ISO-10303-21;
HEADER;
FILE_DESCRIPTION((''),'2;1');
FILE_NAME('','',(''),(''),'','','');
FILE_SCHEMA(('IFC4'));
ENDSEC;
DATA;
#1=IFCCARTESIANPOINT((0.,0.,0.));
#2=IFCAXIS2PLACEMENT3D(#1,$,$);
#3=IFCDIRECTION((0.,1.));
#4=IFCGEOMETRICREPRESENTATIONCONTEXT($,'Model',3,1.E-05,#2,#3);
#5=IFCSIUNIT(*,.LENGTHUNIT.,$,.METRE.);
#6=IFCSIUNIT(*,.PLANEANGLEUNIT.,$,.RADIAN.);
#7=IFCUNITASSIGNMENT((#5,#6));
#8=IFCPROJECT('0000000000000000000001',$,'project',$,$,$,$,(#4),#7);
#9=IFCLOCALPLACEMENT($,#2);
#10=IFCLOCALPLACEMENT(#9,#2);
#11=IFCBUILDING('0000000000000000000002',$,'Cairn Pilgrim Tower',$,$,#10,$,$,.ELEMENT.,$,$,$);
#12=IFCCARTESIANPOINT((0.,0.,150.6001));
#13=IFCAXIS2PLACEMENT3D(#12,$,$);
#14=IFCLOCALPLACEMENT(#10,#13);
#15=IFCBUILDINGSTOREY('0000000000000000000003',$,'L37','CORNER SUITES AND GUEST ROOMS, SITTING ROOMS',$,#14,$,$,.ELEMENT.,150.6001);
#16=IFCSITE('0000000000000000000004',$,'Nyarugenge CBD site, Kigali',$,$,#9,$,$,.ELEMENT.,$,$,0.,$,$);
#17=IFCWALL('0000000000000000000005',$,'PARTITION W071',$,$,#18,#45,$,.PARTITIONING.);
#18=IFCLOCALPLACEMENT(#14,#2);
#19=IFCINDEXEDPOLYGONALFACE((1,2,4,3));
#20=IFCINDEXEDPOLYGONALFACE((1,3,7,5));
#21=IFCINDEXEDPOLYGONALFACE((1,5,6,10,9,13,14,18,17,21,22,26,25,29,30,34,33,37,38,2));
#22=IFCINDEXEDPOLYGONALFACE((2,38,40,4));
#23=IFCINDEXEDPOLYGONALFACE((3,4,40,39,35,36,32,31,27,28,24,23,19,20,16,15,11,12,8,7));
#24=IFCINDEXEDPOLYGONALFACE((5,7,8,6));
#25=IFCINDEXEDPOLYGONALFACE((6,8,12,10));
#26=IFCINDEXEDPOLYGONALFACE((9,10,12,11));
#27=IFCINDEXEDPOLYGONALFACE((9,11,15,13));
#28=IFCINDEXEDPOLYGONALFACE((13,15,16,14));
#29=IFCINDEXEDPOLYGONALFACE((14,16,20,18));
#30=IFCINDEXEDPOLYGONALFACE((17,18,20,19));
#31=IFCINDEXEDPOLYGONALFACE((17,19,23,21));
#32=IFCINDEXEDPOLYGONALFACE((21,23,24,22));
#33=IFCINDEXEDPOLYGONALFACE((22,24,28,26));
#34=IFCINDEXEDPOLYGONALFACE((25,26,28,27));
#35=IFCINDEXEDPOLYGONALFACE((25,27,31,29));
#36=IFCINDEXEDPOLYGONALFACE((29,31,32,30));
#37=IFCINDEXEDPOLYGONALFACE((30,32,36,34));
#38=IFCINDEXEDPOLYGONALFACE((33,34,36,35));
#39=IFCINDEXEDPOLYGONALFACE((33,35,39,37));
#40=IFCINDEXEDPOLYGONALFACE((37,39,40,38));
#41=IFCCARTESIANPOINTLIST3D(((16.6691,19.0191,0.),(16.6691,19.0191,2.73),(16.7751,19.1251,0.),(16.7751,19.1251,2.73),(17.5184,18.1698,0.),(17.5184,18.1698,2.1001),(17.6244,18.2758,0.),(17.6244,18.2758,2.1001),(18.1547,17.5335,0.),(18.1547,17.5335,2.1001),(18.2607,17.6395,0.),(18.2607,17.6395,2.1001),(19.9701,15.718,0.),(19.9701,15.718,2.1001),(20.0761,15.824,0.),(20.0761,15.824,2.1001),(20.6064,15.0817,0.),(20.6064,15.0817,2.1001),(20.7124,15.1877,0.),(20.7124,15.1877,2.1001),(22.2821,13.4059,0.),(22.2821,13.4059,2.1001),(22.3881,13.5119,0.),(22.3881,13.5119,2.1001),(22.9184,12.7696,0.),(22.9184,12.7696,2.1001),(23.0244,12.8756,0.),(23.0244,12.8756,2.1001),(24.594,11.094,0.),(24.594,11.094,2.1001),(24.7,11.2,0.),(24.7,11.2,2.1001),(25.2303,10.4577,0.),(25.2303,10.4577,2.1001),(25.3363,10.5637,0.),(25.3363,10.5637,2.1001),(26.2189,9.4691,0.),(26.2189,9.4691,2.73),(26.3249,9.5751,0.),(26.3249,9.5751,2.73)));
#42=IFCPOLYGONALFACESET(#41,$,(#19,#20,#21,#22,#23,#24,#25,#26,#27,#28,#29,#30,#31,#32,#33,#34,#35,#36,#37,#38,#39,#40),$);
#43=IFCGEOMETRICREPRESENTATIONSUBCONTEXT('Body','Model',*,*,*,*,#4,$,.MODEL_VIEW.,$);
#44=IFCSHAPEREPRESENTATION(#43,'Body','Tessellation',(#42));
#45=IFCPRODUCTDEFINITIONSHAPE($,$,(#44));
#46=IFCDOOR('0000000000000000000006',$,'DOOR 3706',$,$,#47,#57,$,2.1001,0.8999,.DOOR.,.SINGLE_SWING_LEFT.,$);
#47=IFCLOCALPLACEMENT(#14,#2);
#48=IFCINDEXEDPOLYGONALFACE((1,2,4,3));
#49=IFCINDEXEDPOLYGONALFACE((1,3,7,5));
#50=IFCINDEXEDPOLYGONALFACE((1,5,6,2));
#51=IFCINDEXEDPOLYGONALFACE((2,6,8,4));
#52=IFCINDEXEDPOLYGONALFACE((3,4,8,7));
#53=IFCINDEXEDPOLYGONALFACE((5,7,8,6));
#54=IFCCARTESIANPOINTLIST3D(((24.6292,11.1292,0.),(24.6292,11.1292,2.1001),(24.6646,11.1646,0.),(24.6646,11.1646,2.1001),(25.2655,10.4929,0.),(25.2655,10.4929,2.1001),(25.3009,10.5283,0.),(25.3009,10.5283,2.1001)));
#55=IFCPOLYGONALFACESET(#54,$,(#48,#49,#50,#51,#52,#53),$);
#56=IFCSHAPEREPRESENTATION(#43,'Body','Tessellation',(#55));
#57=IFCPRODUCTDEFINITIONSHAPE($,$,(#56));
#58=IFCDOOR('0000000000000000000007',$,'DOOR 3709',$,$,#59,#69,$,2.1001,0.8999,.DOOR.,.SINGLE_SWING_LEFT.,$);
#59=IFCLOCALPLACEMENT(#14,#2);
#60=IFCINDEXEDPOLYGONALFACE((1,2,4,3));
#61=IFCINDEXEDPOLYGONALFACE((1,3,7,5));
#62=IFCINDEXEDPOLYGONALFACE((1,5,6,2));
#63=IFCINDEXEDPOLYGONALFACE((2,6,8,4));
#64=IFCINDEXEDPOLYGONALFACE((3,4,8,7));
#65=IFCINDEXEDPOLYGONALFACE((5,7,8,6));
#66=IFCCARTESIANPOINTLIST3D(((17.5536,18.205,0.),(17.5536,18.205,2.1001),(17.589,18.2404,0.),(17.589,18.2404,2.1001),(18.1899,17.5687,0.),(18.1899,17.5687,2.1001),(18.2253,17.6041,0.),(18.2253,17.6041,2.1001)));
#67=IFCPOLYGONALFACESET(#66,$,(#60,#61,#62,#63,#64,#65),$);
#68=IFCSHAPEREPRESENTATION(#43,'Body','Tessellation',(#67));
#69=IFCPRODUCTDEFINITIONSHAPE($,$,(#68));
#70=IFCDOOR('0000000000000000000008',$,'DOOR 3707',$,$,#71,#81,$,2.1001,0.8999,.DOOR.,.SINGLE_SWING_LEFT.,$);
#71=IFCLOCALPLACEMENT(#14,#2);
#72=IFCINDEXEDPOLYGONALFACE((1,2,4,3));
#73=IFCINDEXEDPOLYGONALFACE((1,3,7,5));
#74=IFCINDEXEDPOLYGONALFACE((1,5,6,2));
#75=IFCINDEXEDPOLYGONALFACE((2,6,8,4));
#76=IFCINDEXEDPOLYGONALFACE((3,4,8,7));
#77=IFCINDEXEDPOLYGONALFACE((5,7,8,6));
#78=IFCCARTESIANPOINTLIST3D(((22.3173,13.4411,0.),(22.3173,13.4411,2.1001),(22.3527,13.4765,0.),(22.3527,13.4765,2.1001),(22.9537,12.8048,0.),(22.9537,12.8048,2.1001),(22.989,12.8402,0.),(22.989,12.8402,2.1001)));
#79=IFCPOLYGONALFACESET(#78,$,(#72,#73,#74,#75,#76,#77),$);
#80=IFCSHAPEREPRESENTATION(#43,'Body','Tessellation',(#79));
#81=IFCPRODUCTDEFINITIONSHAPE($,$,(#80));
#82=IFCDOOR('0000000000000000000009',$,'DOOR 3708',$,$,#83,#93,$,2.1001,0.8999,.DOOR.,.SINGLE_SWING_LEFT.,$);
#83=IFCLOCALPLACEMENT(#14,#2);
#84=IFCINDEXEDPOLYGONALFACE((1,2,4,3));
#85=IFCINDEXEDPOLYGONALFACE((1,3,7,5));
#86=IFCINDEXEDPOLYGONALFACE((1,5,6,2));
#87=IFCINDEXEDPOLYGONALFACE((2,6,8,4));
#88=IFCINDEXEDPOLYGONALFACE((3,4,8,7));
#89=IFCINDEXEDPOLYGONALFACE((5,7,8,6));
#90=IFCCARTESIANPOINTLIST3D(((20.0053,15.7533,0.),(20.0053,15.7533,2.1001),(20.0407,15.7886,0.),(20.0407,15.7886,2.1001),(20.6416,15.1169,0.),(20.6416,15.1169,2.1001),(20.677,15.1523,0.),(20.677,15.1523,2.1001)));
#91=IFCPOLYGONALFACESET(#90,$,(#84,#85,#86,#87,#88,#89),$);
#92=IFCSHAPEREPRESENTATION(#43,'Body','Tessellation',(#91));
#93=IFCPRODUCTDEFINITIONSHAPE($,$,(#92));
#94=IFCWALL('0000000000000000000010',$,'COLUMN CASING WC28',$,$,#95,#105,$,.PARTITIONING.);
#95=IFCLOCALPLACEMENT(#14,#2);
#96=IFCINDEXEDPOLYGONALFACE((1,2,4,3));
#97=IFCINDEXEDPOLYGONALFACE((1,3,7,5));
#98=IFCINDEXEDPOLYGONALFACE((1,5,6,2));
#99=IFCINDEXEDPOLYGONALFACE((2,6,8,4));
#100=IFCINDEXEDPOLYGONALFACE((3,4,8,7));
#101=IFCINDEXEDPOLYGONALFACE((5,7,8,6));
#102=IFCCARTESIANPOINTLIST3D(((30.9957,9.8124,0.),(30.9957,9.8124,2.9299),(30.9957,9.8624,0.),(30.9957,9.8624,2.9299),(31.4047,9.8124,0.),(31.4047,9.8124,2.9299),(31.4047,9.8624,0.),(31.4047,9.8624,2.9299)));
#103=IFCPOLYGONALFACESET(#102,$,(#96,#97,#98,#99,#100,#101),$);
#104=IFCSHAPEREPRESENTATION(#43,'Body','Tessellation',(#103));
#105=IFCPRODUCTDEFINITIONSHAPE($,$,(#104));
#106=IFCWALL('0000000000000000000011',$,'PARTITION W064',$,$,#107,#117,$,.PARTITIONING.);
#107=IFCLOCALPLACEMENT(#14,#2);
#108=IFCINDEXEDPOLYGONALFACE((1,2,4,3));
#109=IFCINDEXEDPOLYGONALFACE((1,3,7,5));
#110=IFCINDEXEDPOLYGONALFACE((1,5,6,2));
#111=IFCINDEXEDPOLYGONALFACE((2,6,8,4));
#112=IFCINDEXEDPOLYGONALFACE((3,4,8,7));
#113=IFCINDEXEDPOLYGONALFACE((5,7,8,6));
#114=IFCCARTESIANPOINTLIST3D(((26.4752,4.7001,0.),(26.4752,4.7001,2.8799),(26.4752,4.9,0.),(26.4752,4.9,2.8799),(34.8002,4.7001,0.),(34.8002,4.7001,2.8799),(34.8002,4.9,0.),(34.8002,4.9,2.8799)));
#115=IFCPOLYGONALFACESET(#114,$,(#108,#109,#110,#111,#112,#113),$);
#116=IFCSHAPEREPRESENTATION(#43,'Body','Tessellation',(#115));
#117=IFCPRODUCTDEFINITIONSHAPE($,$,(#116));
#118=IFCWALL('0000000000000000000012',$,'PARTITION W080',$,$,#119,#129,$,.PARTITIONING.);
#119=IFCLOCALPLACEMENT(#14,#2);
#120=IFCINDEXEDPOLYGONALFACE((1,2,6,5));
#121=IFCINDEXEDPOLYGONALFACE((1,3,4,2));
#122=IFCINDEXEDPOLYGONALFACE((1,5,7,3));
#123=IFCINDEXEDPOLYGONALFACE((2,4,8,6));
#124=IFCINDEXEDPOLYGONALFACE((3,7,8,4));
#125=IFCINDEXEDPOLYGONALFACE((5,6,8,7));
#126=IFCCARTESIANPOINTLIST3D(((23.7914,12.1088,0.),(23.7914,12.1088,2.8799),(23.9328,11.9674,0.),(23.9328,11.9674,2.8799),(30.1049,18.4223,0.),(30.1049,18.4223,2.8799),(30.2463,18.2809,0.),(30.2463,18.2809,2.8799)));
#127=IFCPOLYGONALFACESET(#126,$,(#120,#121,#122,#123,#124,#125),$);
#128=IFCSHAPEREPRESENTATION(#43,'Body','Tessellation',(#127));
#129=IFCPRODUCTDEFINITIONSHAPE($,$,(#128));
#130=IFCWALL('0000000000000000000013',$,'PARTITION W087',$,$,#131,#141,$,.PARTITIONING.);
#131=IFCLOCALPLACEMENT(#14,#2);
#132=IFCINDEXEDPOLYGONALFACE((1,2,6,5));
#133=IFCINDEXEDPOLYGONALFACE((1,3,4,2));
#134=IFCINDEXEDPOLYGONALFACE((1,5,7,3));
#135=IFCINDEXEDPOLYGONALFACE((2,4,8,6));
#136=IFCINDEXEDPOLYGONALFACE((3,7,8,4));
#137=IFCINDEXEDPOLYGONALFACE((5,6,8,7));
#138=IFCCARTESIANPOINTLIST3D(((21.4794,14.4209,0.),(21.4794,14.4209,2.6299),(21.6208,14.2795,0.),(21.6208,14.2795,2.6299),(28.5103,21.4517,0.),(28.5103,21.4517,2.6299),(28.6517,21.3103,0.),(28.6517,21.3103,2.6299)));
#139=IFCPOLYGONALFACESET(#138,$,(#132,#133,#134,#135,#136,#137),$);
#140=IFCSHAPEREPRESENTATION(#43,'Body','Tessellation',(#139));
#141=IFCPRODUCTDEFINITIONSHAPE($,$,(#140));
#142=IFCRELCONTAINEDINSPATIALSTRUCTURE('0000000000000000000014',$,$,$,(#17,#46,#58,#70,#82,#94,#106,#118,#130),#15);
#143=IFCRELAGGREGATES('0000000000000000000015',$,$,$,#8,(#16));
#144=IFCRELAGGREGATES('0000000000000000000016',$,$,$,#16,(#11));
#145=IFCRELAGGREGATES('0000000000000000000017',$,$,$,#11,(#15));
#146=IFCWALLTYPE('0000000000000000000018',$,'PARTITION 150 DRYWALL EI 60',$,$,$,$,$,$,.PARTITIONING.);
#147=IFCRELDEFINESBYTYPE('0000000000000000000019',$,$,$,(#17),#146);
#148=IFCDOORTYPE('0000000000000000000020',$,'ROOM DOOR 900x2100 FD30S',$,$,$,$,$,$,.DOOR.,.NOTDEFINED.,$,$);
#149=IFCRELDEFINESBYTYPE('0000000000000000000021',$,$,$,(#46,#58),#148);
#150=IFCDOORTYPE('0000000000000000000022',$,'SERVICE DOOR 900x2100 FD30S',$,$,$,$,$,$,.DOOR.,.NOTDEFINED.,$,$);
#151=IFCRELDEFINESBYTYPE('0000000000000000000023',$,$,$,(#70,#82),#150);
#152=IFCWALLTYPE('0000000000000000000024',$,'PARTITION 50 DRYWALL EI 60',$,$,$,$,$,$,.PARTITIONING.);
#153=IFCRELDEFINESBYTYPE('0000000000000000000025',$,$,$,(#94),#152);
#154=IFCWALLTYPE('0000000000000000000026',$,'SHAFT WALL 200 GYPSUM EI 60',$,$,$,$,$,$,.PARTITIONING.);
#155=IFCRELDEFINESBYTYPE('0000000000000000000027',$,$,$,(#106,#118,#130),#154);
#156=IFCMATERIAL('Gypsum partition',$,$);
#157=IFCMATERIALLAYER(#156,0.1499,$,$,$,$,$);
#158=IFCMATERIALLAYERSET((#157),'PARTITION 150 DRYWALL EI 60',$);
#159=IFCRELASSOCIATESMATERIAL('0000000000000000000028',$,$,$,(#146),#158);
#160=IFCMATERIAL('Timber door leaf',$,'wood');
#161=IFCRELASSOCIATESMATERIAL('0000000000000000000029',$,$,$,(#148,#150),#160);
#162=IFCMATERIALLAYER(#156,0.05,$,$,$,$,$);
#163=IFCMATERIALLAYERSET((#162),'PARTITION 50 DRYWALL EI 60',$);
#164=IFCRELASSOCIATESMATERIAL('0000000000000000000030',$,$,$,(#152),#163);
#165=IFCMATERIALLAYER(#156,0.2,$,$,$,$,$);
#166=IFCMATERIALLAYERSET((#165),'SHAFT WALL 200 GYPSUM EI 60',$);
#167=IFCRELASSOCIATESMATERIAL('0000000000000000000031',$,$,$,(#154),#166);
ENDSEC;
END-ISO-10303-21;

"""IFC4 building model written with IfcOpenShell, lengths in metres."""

from ifc_helpers import new_model, si_unit, direction, frame, frame_2d, origin, place, context, subcontext, project, spatial, rectangle, extrude, material, layer, layer_set, type_object, element, fill, save


model = new_model("IFC4")

# Units and contexts
model_context = context("Model", 3, precision=1e-05, world=origin(), true_north=direction((0.0, 1.0)))
body_context = subcontext(model_context, "Body", "Model", "MODEL_VIEW")
ifc_project = project(units=[si_unit("LENGTHUNIT", "METRE"), si_unit("PLANEANGLEUNIT", "RADIAN")], contexts=[model_context])

# Site, building, storey
site_placement = place(None, origin())
site = spatial("IfcSite", under=ifc_project, at=site_placement, Name="Nyarugenge CBD site, Kigali", CompositionType="ELEMENT", RefElevation=0.0)
building_placement = place(site_placement, origin())
building = spatial("IfcBuilding", under=site, at=building_placement, Name="Cairn Pilgrim Tower", CompositionType="ELEMENT")
storey_placement = place(building_placement, frame((0.0, 0.0, 150.6001)))
storey = spatial("IfcBuildingStorey", under=building, at=storey_placement, Name="L37", Description="CORNER SUITES AND GUEST ROOMS, SITTING ROOMS", CompositionType="ELEMENT", Elevation=150.6001)

# Shared definitions
ifc_material_1 = material(Name="Gypsum partition")

# Shared definitions
ifc_material_2 = material(Name="Timber door leaf", Category="wood")

# Shared definitions
ifc_layer_1 = layer(ifc_material_1, 0.1499)
ifc_layer_set_1 = layer_set([ifc_layer_1], Name="PARTITION 150 DRYWALL EI 60")
wall_type_1 = type_object("IfcWallType", Name="PARTITION 150 DRYWALL EI 60", PredefinedType="PARTITIONING", material=ifc_layer_set_1)

# Wall, openings, doors
wall_1_placement = place(storey_placement, frame((26.272, 9.522, 0.0), z_axis=(0.0, 0.0, 1.0), x_axis=(-0.707098, 0.707116, 0.0)))
wall_1 = element("IfcWall", 1, at=wall_1_placement, inside=storey, type_object=wall_type_1, Name="PARTITION W071", PredefinedType="PARTITIONING", context=body_context, shape_type="SweptSolid", body=[
    extrude(rectangle(XDim=13.5056, YDim=0.1499, at=frame_2d((6.7529, 0.0))), origin(), (0.0, 0.0, 1.0), 2.73),
])
opening_1_placement = place(wall_1_placement, frame((1.3982, 0.0, 0.0)))
opening_1 = element("IfcOpeningElement", 2, at=opening_1_placement, cuts=wall_1, PredefinedType="OPENING", context=body_context, shape_type="SweptSolid", body=[
    extrude(rectangle(XDim=0.8999, YDim=2.1001, at=frame_2d((0.45, 1.05))), frame((0.0, 0.085, 0.0), z_axis=(0.0, -1.0, 0.0), x_axis=(1.0, 0.0, 0.0)), (0.0, 0.0, 1.0), 0.1699),
])
opening_2_placement = place(wall_1_placement, frame((4.6677, 0.0, 0.0)))
opening_2 = element("IfcOpeningElement", 3, at=opening_2_placement, cuts=wall_1, PredefinedType="OPENING", context=body_context, shape_type="SweptSolid", body=[
    extrude(rectangle(XDim=0.8999, YDim=2.1001, at=frame_2d((0.45, 1.05))), frame((0.0, 0.085, 0.0), z_axis=(0.0, -1.0, 0.0), x_axis=(1.0, 0.0, 0.0)), (0.0, 0.0, 1.0), 0.1699),
])
opening_3_placement = place(wall_1_placement, frame((7.9375, 0.0, 0.0)))
opening_3 = element("IfcOpeningElement", 4, at=opening_3_placement, cuts=wall_1, PredefinedType="OPENING", context=body_context, shape_type="SweptSolid", body=[
    extrude(rectangle(XDim=0.8999, YDim=2.1001, at=frame_2d((0.45, 1.05))), frame((0.0, 0.085, 0.0), z_axis=(0.0, -1.0, 0.0), x_axis=(1.0, 0.0, 0.0)), (0.0, 0.0, 1.0), 0.1699),
])
opening_4_placement = place(wall_1_placement, frame((11.4048, 0.0, 0.0)))
opening_4 = element("IfcOpeningElement", 5, at=opening_4_placement, cuts=wall_1, PredefinedType="OPENING", context=body_context, shape_type="SweptSolid", body=[
    extrude(rectangle(XDim=0.8999, YDim=2.1001, at=frame_2d((0.45, 1.05))), frame((0.0, 0.085, 0.0), z_axis=(0.0, -1.0, 0.0), x_axis=(1.0, 0.0, 0.0)), (0.0, 0.0, 1.0), 0.1699),
])
door_type_1 = type_object("IfcDoorType", Name="ROOM DOOR 900x2100 FD30S", OperationType="NOTDEFINED", PredefinedType="DOOR", material=ifc_material_2)
door_1_placement = place(opening_1_placement, frame((0.8999, 0.0, 0.0), z_axis=(0.0, 0.0, 1.0), x_axis=(-1.0, 0.0, 0.0)))
door_1 = element("IfcDoor", 6, at=door_1_placement, inside=storey, type_object=door_type_1, Name="DOOR 3706", OperationType="SINGLE_SWING_LEFT", OverallHeight=2.1001, OverallWidth=0.8999, PredefinedType="DOOR", context=body_context, shape_type="SweptSolid", body=[
    extrude(rectangle(XDim=0.8999, YDim=2.1001, at=frame_2d((0.45, 1.05))), frame((0.0, 0.0249, 0.0), z_axis=(0.0, -1.0, 0.0), x_axis=(1.0, 0.0, 0.0)), (0.0, 0.0, 1.0), 0.05),
])
fill(opening_1, door_1)
door_2_placement = place(opening_4_placement, frame((0.8999, 0.0, 0.0), z_axis=(0.0, 0.0, 1.0), x_axis=(-1.0, 0.0, 0.0)))
door_2 = element("IfcDoor", 7, at=door_2_placement, inside=storey, type_object=door_type_1, Name="DOOR 3709", OperationType="SINGLE_SWING_LEFT", OverallHeight=2.1001, OverallWidth=0.8999, PredefinedType="DOOR", context=body_context, shape_type="SweptSolid", body=[
    extrude(rectangle(XDim=0.8999, YDim=2.1001, at=frame_2d((0.45, 1.05))), frame((0.0, 0.0249, 0.0), z_axis=(0.0, -1.0, 0.0), x_axis=(1.0, 0.0, 0.0)), (0.0, 0.0, 1.0), 0.05),
])
fill(opening_4, door_2)
door_type_2 = type_object("IfcDoorType", Name="SERVICE DOOR 900x2100 FD30S", OperationType="NOTDEFINED", PredefinedType="DOOR", material=ifc_material_2)
door_3_placement = place(opening_2_placement, frame((0.8999, 0.0, 0.0), z_axis=(0.0, 0.0, 1.0), x_axis=(-1.0, 0.0, 0.0)))
door_3 = element("IfcDoor", 8, at=door_3_placement, inside=storey, type_object=door_type_2, Name="DOOR 3707", OperationType="SINGLE_SWING_LEFT", OverallHeight=2.1001, OverallWidth=0.8999, PredefinedType="DOOR", context=body_context, shape_type="SweptSolid", body=[
    extrude(rectangle(XDim=0.8999, YDim=2.1001, at=frame_2d((0.45, 1.05))), frame((0.0, 0.0249, 0.0), z_axis=(0.0, -1.0, 0.0), x_axis=(1.0, 0.0, 0.0)), (0.0, 0.0, 1.0), 0.05),
])
fill(opening_2, door_3)
door_4_placement = place(opening_3_placement, frame((0.8999, 0.0, 0.0), z_axis=(0.0, 0.0, 1.0), x_axis=(-1.0, 0.0, 0.0)))
door_4 = element("IfcDoor", 9, at=door_4_placement, inside=storey, type_object=door_type_2, Name="DOOR 3708", OperationType="SINGLE_SWING_LEFT", OverallHeight=2.1001, OverallWidth=0.8999, PredefinedType="DOOR", context=body_context, shape_type="SweptSolid", body=[
    extrude(rectangle(XDim=0.8999, YDim=2.1001, at=frame_2d((0.45, 1.05))), frame((0.0, 0.0249, 0.0), z_axis=(0.0, -1.0, 0.0), x_axis=(1.0, 0.0, 0.0)), (0.0, 0.0, 1.0), 0.05),
])
fill(opening_3, door_4)

# Walls
ifc_layer_2 = layer(ifc_material_1, 0.05)
ifc_layer_set_2 = layer_set([ifc_layer_2], Name="PARTITION 50 DRYWALL EI 60")
wall_type_2 = type_object("IfcWallType", Name="PARTITION 50 DRYWALL EI 60", PredefinedType="PARTITIONING", material=ifc_layer_set_2)
wall_2_placement = place(storey_placement, frame((30.9956, 9.8374, 0.0), z_axis=(0.0, 0.0, 1.0), x_axis=(1.0, 0.0, 0.0)))
element("IfcWall", 10, at=wall_2_placement, inside=storey, type_object=wall_type_2, Name="COLUMN CASING WC28", PredefinedType="PARTITIONING", context=body_context, shape_type="SweptSolid", body=[
    extrude(rectangle(XDim=0.4089, YDim=0.05, at=frame_2d((0.2046, 0.0))), origin(), (0.0, 0.0, 1.0), 2.9299),
])
ifc_layer_3 = layer(ifc_material_1, 0.2)
ifc_layer_set_3 = layer_set([ifc_layer_3], Name="SHAFT WALL 200 GYPSUM EI 60")
wall_type_3 = type_object("IfcWallType", Name="SHAFT WALL 200 GYPSUM EI 60", PredefinedType="PARTITIONING", material=ifc_layer_set_3)
wall_3_placement = place(storey_placement, frame((26.4751, 4.8, 0.0), z_axis=(0.0, 0.0, 1.0), x_axis=(1.0, 0.0, 0.0)))
element("IfcWall", 11, at=wall_3_placement, inside=storey, type_object=wall_type_3, Name="PARTITION W064", PredefinedType="PARTITIONING", context=body_context, shape_type="SweptSolid", body=[
    extrude(rectangle(XDim=8.325, YDim=0.2, at=frame_2d((4.1626, 0.0))), origin(), (0.0, 0.0, 1.0), 2.8799),
])
wall_4_placement = place(storey_placement, frame((23.8621, 12.0381, 0.0), z_axis=(0.0, 0.0, 1.0), x_axis=(0.707107, 0.707107, 0.0)))
element("IfcWall", 12, at=wall_4_placement, inside=storey, type_object=wall_type_3, Name="PARTITION W080", PredefinedType="PARTITIONING", context=body_context, shape_type="SweptSolid", body=[
    extrude(rectangle(XDim=8.9287, YDim=0.2, at=frame_2d((4.4644, 0.0))), origin(), (0.0, 0.0, 1.0), 2.8799),
])
wall_5_placement = place(storey_placement, frame((21.55, 14.3501, 0.0), z_axis=(0.0, 0.0, 1.0), x_axis=(0.707107, 0.707107, 0.0)))
element("IfcWall", 13, at=wall_5_placement, inside=storey, type_object=wall_type_3, Name="PARTITION W087", PredefinedType="PARTITIONING", context=body_context, shape_type="SweptSolid", body=[
    extrude(rectangle(XDim=9.9431, YDim=0.2, at=frame_2d((4.9717, 0.0))), origin(), (0.0, 0.0, 1.0), 2.6299),
])

save(model, "model.ifc")
